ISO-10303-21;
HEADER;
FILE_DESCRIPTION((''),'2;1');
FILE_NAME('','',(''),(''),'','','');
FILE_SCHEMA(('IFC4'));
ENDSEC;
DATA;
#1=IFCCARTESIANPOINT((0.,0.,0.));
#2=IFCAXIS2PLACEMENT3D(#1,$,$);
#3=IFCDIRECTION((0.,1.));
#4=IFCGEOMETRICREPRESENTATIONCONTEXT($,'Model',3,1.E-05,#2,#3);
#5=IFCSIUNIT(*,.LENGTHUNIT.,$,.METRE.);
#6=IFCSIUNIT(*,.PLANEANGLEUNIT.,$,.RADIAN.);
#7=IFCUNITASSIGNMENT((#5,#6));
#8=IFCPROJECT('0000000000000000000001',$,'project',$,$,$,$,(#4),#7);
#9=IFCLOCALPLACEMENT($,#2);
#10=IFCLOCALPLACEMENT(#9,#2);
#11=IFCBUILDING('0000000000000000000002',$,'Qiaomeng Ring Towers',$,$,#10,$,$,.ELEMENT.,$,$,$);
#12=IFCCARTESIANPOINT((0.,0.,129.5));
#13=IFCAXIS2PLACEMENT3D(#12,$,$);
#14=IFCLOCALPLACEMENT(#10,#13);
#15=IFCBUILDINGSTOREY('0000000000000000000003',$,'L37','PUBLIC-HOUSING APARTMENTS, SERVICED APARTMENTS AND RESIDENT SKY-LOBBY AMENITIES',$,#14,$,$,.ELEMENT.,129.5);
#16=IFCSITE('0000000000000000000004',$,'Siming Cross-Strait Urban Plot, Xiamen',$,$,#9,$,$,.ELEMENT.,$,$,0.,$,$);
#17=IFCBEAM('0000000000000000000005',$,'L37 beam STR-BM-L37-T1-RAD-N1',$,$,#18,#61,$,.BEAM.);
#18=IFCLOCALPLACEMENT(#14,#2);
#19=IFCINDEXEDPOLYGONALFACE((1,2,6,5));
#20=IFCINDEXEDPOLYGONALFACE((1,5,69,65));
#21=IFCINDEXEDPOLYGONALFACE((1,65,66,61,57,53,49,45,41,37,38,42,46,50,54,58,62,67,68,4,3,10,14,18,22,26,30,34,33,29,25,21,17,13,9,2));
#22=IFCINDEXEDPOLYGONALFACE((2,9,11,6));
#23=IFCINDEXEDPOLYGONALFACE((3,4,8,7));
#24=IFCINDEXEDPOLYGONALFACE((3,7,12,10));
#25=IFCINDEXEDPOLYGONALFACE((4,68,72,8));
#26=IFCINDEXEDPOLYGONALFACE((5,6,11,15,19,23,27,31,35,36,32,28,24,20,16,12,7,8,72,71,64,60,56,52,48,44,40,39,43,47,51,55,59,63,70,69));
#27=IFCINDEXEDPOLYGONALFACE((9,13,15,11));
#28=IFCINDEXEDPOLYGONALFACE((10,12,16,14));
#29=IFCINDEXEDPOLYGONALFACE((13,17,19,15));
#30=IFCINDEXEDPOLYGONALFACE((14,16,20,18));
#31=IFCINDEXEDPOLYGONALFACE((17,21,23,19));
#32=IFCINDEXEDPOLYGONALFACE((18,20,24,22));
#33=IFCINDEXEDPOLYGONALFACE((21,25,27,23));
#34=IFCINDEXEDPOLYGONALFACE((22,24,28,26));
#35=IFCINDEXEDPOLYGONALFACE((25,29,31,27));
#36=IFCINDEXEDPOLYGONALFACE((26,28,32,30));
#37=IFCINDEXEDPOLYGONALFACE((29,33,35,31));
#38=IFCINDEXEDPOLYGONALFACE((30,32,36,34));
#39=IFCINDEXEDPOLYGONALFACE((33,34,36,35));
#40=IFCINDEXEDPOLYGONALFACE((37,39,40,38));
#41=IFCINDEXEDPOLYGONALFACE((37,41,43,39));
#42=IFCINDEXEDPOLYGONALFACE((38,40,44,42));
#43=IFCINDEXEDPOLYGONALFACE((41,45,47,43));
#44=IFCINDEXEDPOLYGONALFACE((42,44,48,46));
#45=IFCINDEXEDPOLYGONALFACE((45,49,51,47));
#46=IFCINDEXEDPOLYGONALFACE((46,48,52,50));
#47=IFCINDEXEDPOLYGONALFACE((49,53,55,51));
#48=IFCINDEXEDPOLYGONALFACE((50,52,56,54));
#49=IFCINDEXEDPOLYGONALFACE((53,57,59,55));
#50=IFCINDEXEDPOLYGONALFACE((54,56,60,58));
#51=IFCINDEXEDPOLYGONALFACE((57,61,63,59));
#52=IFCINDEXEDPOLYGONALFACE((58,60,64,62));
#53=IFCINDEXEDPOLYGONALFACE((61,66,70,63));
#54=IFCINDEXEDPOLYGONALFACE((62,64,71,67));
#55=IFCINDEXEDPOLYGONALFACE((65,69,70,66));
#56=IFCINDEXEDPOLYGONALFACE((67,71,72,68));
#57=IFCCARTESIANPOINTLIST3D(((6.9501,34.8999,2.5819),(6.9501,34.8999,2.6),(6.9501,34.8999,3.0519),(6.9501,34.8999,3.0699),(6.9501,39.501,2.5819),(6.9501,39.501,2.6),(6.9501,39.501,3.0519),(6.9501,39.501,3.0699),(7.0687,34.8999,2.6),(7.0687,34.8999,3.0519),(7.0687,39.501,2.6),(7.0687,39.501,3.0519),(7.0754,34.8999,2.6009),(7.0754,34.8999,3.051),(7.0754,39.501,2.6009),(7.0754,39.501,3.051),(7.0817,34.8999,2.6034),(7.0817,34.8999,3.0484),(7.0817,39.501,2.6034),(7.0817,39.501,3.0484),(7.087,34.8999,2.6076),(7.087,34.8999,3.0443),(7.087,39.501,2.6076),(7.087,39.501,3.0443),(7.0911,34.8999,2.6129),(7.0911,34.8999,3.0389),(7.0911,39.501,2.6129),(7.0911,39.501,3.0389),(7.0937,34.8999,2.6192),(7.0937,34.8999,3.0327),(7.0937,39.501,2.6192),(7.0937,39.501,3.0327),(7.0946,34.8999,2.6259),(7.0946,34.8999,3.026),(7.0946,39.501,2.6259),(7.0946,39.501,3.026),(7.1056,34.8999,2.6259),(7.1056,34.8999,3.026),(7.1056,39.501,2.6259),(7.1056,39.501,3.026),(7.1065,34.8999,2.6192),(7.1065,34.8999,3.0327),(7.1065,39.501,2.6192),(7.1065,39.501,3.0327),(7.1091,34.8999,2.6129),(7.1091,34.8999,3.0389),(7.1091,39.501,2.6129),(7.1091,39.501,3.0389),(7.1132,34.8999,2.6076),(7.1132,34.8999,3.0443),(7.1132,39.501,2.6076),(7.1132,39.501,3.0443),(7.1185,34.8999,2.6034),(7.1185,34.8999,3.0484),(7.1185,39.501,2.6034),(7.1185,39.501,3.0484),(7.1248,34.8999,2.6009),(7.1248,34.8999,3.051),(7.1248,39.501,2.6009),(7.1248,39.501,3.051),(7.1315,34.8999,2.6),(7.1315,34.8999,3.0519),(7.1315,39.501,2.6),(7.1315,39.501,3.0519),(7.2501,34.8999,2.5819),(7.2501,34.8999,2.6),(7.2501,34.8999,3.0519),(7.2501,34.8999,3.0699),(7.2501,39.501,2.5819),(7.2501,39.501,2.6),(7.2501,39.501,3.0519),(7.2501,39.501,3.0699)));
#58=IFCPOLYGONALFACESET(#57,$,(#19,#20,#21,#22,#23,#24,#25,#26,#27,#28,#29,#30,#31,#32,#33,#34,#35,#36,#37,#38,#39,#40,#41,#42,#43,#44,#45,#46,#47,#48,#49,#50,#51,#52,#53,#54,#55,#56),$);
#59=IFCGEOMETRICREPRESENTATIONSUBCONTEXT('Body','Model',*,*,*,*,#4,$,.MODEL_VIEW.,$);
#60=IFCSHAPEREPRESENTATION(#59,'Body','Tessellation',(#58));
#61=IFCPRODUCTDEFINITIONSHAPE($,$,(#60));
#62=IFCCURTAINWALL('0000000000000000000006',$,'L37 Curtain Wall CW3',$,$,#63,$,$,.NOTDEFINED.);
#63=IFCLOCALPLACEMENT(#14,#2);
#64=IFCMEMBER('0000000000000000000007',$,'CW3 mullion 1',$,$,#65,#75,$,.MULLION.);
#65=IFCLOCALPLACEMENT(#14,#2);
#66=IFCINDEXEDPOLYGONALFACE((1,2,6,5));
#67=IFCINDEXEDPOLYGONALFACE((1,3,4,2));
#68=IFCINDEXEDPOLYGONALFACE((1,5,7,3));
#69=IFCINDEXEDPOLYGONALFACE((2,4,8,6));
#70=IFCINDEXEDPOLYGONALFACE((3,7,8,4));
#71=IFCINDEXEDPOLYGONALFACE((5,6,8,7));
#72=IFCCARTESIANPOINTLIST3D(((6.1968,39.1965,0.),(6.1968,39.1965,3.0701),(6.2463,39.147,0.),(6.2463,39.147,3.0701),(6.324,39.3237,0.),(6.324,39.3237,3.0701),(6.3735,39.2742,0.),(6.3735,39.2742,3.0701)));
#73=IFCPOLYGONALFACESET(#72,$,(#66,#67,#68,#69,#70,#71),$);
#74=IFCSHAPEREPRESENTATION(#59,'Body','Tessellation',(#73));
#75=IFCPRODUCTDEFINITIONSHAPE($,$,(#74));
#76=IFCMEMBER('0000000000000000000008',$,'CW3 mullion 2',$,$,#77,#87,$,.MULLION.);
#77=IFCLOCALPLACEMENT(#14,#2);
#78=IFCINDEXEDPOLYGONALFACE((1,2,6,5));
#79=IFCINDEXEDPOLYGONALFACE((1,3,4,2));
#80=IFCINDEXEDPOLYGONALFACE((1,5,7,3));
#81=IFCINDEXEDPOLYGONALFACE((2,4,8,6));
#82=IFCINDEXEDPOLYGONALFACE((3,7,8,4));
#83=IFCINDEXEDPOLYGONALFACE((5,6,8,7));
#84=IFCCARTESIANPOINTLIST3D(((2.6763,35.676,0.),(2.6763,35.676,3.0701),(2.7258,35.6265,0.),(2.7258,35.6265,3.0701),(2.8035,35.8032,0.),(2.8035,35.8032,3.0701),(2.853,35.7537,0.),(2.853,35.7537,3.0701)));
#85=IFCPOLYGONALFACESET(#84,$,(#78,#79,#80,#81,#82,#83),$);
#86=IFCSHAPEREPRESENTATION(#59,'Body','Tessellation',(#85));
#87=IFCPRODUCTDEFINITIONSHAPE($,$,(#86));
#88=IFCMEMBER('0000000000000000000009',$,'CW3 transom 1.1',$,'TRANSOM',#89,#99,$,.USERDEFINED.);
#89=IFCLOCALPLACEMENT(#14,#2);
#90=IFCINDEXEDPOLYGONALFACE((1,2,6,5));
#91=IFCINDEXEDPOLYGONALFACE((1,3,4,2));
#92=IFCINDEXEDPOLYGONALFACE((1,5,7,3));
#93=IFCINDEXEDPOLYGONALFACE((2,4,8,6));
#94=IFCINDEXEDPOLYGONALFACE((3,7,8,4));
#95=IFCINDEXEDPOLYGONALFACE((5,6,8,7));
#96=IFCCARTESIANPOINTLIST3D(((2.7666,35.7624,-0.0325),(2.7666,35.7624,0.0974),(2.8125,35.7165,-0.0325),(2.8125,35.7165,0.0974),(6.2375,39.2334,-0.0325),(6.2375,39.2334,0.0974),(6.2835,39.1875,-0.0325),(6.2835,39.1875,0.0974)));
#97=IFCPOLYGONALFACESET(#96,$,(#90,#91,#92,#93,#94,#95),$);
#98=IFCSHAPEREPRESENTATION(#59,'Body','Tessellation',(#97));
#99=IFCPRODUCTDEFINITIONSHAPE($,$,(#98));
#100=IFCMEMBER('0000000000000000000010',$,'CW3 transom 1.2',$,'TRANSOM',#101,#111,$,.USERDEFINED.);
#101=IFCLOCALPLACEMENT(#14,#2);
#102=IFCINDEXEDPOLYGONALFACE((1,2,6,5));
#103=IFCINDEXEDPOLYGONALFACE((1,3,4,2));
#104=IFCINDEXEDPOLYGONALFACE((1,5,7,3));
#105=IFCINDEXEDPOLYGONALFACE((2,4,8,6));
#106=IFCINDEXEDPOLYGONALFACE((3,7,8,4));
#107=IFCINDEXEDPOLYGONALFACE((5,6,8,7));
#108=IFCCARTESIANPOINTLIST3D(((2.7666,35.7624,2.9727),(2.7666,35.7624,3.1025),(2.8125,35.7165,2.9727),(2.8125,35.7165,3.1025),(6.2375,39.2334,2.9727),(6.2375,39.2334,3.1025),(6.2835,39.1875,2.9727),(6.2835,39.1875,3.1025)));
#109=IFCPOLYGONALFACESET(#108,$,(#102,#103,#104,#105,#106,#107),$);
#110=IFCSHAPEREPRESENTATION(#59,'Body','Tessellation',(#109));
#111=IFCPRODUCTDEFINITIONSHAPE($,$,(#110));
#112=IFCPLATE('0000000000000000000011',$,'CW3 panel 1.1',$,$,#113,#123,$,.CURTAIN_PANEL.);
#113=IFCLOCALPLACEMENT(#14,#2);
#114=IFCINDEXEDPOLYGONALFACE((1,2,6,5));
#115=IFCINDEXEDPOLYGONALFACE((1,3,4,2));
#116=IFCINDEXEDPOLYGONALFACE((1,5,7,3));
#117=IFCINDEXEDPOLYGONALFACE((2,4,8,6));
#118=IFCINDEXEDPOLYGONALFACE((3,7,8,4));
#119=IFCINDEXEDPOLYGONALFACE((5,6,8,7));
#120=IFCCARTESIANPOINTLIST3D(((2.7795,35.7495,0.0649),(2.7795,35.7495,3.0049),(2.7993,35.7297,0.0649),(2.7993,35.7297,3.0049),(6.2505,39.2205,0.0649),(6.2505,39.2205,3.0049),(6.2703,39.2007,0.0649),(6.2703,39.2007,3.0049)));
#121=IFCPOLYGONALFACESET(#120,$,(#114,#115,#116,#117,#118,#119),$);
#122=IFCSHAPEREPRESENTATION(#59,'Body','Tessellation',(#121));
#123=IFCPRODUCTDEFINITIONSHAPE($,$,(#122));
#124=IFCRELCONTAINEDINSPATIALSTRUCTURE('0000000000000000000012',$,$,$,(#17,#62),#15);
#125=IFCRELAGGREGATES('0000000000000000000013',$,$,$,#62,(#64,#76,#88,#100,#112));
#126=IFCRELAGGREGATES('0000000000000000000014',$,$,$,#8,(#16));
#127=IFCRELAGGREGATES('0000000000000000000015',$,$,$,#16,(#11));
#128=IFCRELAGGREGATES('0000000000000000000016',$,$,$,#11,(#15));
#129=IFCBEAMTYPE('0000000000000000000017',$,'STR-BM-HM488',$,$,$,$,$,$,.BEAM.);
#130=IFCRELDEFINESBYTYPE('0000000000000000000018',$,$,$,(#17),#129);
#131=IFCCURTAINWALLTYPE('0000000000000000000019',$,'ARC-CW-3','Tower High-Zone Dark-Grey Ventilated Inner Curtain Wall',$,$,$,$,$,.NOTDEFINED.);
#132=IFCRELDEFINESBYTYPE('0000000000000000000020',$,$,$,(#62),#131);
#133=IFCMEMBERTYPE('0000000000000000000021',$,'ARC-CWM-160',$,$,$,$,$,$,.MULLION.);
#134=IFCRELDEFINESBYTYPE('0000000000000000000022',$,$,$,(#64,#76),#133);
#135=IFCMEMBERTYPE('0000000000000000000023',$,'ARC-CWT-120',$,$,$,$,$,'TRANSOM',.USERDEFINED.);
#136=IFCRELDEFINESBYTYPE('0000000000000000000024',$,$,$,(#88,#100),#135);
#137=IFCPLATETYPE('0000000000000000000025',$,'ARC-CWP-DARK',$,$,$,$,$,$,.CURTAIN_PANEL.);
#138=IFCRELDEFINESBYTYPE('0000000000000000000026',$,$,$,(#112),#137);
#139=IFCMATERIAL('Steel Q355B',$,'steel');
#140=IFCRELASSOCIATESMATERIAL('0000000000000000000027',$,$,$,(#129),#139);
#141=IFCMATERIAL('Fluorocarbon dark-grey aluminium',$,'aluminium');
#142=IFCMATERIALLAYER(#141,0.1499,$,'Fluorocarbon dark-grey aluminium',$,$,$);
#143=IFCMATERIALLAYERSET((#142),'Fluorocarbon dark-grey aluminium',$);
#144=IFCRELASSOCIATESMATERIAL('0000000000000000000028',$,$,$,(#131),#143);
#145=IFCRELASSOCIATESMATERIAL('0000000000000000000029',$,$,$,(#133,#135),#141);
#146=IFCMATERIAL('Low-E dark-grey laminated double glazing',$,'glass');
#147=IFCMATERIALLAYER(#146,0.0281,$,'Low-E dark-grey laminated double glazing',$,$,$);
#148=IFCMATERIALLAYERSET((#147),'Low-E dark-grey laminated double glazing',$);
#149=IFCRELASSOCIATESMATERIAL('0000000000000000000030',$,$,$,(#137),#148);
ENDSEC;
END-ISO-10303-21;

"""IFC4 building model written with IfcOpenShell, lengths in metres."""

from ifc_helpers import new_model, si_unit, direction, frame, origin, origin_2d, place, context, subcontext, project, spatial, rectangle, i_section, extrude, source, transform, mapped, material, layer, layer_set, material_profile, profile_set, type_object, element, aggregate, save


model = new_model("IFC4")

# Units and contexts
model_context = context("Model", 3, precision=1e-05, world=origin(), true_north=direction((0.0, 1.0)))
body_context = subcontext(model_context, "Body", "Model", "MODEL_VIEW")
ifc_project = project(units=[si_unit("LENGTHUNIT", "METRE"), si_unit("PLANEANGLEUNIT", "RADIAN")], contexts=[model_context])

# Site, building, storey
site_placement = place(None, origin())
site = spatial("IfcSite", under=ifc_project, at=site_placement, Name="Siming Cross-Strait Urban Plot, Xiamen", CompositionType="ELEMENT", RefElevation=0.0)
building_placement = place(site_placement, origin())
building = spatial("IfcBuilding", under=site, at=building_placement, Name="Qiaomeng Ring Towers", CompositionType="ELEMENT")
storey_placement = place(building_placement, frame((0.0, 0.0, 129.5)))
storey = spatial("IfcBuildingStorey", under=building, at=storey_placement, Name="L37", Description="PUBLIC-HOUSING APARTMENTS, SERVICED APARTMENTS AND RESIDENT SKY-LOBBY AMENITIES", CompositionType="ELEMENT", Elevation=129.5)

# Beam
ifc_material_1 = material(Name="Steel Q355B", Category="steel")
ifc_material_profile_1 = material_profile(ifc_material_1, i_section(OverallWidth=0.3, OverallDepth=0.488, WebThickness=0.011, FlangeThickness=0.0181, FilletRadius=0.0259, at=origin_2d()), Name="HM 488x300x11x18")
ifc_profile_set_1 = profile_set([ifc_material_profile_1], Name="Steel Q355B")
beam_type_1 = type_object("IfcBeamType", Name="STR-BM-HM488", PredefinedType="BEAM", material=ifc_profile_set_1)
shared_shape_1 = source(origin(), body_context, "Body", "SweptSolid", [
    extrude(i_section(OverallWidth=0.3, OverallDepth=0.488, WebThickness=0.011, FlangeThickness=0.0181, FilletRadius=0.0259, at=origin_2d()), origin(), (0.0, 0.0, 1.0), 4.6011),
])
beam_1_placement = place(storey_placement, frame((7.1001, 39.501, 2.8259), z_axis=(0.0, -1.0, 0.0), x_axis=(1.0, 0.0, 0.0)))
element("IfcBeam", 1, at=beam_1_placement, inside=storey, type_object=beam_type_1, Name="L37 beam STR-BM-L37-T1-RAD-N1", PredefinedType="BEAM", context=body_context, shape_type="MappedRepresentation", body=[
    mapped(shared_shape_1, transform((0.0, 0.0, 0.0), x_axis=(1.0, 0.0, 0.0), y_axis=(0.0, 1.0, 0.0), z_axis=(0.0, 0.0, 1.0), scale=1.0)),
])

# Curtain wall, members, plate
ifc_material_2 = material(Name="Fluorocarbon dark-grey aluminium", Category="aluminium")
ifc_layer_1 = layer(ifc_material_2, 0.1499, Name="Fluorocarbon dark-grey aluminium")
ifc_layer_set_1 = layer_set([ifc_layer_1], Name="Fluorocarbon dark-grey aluminium")
curtain_wall_type = type_object("IfcCurtainWallType", Name="ARC-CW-3", Description="Tower High-Zone Dark-Grey Ventilated Inner Curtain Wall", PredefinedType="NOTDEFINED", material=ifc_layer_set_1)
curtain_wall_placement = place(storey_placement, origin())
curtain_wall = element("IfcCurtainWall", 2, at=curtain_wall_placement, inside=storey, type_object=curtain_wall_type, Name="L37 Curtain Wall CW3", PredefinedType="NOTDEFINED")
ifc_material_profile_2 = material_profile(ifc_material_2, rectangle(XDim=0.0701, YDim=0.1799, at=origin_2d()), Name="ALU MULL 70x180")
ifc_profile_set_2 = profile_set([ifc_material_profile_2], Name="Fluorocarbon dark-grey aluminium")
member_type_1 = type_object("IfcMemberType", Name="ARC-CWM-160", PredefinedType="MULLION", material=ifc_profile_set_2)
shared_shape_2 = source(origin(), body_context, "Body", "SweptSolid", [
    extrude(rectangle(XDim=0.0701, YDim=0.1799, at=origin_2d()), origin(), (0.0, 0.0, 1.0), 3.0701),
])
member_1_placement = place(storey_placement, frame((6.2852, 39.2354, 0.0), z_axis=(0.0, 0.0, 1.0), x_axis=(0.707107, -0.707107, 0.0)))
member_1 = element("IfcMember", 3, at=member_1_placement, type_object=member_type_1, Name="CW3 mullion 1", PredefinedType="MULLION", context=body_context, shape_type="MappedRepresentation", body=[
    mapped(shared_shape_2, transform((0.0, 0.0, 0.0), x_axis=(1.0, 0.0, 0.0), y_axis=(0.0, 1.0, 0.0), z_axis=(0.0, 0.0, 1.0), scale=1.0)),
])
member_2_placement = place(storey_placement, frame((2.7646, 35.7148, 0.0), z_axis=(0.0, 0.0, 1.0), x_axis=(0.707107, -0.707107, 0.0)))
member_2 = element("IfcMember", 4, at=member_2_placement, type_object=member_type_1, Name="CW3 mullion 2", PredefinedType="MULLION", context=body_context, shape_type="MappedRepresentation", body=[
    mapped(shared_shape_2, transform((0.0, 0.0, 0.0), x_axis=(1.0, 0.0, 0.0), y_axis=(0.0, 1.0, 0.0), z_axis=(0.0, 0.0, 1.0), scale=1.0)),
])
ifc_material_profile_3 = material_profile(ifc_material_2, rectangle(XDim=0.0649, YDim=0.1299, at=origin_2d()), Name="ALU TRAN 65x130")
ifc_profile_set_3 = profile_set([ifc_material_profile_3], Name="Fluorocarbon dark-grey aluminium")
member_type_2 = type_object("IfcMemberType", Name="ARC-CWT-120", ElementType="TRANSOM", PredefinedType="USERDEFINED", material=ifc_profile_set_3)
shared_shape_3 = source(origin(), body_context, "Body", "SweptSolid", [
    extrude(rectangle(XDim=0.0649, YDim=0.1299, at=origin_2d()), origin(), (0.0, 0.0, 1.0), 4.9087),
])
member_3_placement = place(storey_placement, frame((6.2605, 39.2104, 0.0325), z_axis=(-0.707107, -0.707107, 0.0), x_axis=(0.707107, -0.707107, 0.0)))
member_3 = element("IfcMember", 5, at=member_3_placement, type_object=member_type_2, Name="CW3 transom 1.1", ObjectType="TRANSOM", PredefinedType="USERDEFINED", context=body_context, shape_type="MappedRepresentation", body=[
    mapped(shared_shape_3, transform((0.0, 0.0, 0.0), x_axis=(1.0, 0.0, 0.0), y_axis=(0.0, 1.0, 0.0), z_axis=(0.0, 0.0, 1.0), scale=1.0)),
])
member_4_placement = place(storey_placement, frame((6.2605, 39.2104, 3.0376), z_axis=(-0.707107, -0.707107, 0.0), x_axis=(0.707107, -0.707107, 0.0)))
member_4 = element("IfcMember", 6, at=member_4_placement, type_object=member_type_2, Name="CW3 transom 1.2", ObjectType="TRANSOM", PredefinedType="USERDEFINED", context=body_context, shape_type="MappedRepresentation", body=[
    mapped(shared_shape_3, transform((0.0, 0.0, 0.0), x_axis=(1.0, 0.0, 0.0), y_axis=(0.0, 1.0, 0.0), z_axis=(0.0, 0.0, 1.0), scale=1.0)),
])
ifc_material_3 = material(Name="Low-E dark-grey laminated double glazing", Category="glass")
ifc_layer_2 = layer(ifc_material_3, 0.0281, Name="Low-E dark-grey laminated double glazing")
ifc_layer_set_2 = layer_set([ifc_layer_2], Name="Low-E dark-grey laminated double glazing")
plate_type = type_object("IfcPlateType", Name="ARC-CWP-DARK", PredefinedType="CURTAIN_PANEL", material=ifc_layer_set_2)
shared_shape_4 = source(origin(), body_context, "Body", "SweptSolid", [
    extrude(rectangle(XDim=4.9087, YDim=0.0281, at=origin_2d()), origin(), (0.0, 0.0, 1.0), 2.9399),
])
plate_placement = place(storey_placement, frame((4.5249, 37.4751, 0.0649), z_axis=(0.0, 0.0, 1.0), x_axis=(-0.707107, -0.707107, 0.0)))
plate = element("IfcPlate", 7, at=plate_placement, type_object=plate_type, Name="CW3 panel 1.1", PredefinedType="CURTAIN_PANEL", context=body_context, shape_type="MappedRepresentation", body=[
    mapped(shared_shape_4, transform((0.0, 0.0, 0.0), x_axis=(1.0, 0.0, 0.0), y_axis=(0.0, 1.0, 0.0), z_axis=(0.0, 0.0, 1.0), scale=1.0)),
])
aggregate(curtain_wall, [member_1, member_2, member_3, member_4, plate])

save(model, "model.ifc")
